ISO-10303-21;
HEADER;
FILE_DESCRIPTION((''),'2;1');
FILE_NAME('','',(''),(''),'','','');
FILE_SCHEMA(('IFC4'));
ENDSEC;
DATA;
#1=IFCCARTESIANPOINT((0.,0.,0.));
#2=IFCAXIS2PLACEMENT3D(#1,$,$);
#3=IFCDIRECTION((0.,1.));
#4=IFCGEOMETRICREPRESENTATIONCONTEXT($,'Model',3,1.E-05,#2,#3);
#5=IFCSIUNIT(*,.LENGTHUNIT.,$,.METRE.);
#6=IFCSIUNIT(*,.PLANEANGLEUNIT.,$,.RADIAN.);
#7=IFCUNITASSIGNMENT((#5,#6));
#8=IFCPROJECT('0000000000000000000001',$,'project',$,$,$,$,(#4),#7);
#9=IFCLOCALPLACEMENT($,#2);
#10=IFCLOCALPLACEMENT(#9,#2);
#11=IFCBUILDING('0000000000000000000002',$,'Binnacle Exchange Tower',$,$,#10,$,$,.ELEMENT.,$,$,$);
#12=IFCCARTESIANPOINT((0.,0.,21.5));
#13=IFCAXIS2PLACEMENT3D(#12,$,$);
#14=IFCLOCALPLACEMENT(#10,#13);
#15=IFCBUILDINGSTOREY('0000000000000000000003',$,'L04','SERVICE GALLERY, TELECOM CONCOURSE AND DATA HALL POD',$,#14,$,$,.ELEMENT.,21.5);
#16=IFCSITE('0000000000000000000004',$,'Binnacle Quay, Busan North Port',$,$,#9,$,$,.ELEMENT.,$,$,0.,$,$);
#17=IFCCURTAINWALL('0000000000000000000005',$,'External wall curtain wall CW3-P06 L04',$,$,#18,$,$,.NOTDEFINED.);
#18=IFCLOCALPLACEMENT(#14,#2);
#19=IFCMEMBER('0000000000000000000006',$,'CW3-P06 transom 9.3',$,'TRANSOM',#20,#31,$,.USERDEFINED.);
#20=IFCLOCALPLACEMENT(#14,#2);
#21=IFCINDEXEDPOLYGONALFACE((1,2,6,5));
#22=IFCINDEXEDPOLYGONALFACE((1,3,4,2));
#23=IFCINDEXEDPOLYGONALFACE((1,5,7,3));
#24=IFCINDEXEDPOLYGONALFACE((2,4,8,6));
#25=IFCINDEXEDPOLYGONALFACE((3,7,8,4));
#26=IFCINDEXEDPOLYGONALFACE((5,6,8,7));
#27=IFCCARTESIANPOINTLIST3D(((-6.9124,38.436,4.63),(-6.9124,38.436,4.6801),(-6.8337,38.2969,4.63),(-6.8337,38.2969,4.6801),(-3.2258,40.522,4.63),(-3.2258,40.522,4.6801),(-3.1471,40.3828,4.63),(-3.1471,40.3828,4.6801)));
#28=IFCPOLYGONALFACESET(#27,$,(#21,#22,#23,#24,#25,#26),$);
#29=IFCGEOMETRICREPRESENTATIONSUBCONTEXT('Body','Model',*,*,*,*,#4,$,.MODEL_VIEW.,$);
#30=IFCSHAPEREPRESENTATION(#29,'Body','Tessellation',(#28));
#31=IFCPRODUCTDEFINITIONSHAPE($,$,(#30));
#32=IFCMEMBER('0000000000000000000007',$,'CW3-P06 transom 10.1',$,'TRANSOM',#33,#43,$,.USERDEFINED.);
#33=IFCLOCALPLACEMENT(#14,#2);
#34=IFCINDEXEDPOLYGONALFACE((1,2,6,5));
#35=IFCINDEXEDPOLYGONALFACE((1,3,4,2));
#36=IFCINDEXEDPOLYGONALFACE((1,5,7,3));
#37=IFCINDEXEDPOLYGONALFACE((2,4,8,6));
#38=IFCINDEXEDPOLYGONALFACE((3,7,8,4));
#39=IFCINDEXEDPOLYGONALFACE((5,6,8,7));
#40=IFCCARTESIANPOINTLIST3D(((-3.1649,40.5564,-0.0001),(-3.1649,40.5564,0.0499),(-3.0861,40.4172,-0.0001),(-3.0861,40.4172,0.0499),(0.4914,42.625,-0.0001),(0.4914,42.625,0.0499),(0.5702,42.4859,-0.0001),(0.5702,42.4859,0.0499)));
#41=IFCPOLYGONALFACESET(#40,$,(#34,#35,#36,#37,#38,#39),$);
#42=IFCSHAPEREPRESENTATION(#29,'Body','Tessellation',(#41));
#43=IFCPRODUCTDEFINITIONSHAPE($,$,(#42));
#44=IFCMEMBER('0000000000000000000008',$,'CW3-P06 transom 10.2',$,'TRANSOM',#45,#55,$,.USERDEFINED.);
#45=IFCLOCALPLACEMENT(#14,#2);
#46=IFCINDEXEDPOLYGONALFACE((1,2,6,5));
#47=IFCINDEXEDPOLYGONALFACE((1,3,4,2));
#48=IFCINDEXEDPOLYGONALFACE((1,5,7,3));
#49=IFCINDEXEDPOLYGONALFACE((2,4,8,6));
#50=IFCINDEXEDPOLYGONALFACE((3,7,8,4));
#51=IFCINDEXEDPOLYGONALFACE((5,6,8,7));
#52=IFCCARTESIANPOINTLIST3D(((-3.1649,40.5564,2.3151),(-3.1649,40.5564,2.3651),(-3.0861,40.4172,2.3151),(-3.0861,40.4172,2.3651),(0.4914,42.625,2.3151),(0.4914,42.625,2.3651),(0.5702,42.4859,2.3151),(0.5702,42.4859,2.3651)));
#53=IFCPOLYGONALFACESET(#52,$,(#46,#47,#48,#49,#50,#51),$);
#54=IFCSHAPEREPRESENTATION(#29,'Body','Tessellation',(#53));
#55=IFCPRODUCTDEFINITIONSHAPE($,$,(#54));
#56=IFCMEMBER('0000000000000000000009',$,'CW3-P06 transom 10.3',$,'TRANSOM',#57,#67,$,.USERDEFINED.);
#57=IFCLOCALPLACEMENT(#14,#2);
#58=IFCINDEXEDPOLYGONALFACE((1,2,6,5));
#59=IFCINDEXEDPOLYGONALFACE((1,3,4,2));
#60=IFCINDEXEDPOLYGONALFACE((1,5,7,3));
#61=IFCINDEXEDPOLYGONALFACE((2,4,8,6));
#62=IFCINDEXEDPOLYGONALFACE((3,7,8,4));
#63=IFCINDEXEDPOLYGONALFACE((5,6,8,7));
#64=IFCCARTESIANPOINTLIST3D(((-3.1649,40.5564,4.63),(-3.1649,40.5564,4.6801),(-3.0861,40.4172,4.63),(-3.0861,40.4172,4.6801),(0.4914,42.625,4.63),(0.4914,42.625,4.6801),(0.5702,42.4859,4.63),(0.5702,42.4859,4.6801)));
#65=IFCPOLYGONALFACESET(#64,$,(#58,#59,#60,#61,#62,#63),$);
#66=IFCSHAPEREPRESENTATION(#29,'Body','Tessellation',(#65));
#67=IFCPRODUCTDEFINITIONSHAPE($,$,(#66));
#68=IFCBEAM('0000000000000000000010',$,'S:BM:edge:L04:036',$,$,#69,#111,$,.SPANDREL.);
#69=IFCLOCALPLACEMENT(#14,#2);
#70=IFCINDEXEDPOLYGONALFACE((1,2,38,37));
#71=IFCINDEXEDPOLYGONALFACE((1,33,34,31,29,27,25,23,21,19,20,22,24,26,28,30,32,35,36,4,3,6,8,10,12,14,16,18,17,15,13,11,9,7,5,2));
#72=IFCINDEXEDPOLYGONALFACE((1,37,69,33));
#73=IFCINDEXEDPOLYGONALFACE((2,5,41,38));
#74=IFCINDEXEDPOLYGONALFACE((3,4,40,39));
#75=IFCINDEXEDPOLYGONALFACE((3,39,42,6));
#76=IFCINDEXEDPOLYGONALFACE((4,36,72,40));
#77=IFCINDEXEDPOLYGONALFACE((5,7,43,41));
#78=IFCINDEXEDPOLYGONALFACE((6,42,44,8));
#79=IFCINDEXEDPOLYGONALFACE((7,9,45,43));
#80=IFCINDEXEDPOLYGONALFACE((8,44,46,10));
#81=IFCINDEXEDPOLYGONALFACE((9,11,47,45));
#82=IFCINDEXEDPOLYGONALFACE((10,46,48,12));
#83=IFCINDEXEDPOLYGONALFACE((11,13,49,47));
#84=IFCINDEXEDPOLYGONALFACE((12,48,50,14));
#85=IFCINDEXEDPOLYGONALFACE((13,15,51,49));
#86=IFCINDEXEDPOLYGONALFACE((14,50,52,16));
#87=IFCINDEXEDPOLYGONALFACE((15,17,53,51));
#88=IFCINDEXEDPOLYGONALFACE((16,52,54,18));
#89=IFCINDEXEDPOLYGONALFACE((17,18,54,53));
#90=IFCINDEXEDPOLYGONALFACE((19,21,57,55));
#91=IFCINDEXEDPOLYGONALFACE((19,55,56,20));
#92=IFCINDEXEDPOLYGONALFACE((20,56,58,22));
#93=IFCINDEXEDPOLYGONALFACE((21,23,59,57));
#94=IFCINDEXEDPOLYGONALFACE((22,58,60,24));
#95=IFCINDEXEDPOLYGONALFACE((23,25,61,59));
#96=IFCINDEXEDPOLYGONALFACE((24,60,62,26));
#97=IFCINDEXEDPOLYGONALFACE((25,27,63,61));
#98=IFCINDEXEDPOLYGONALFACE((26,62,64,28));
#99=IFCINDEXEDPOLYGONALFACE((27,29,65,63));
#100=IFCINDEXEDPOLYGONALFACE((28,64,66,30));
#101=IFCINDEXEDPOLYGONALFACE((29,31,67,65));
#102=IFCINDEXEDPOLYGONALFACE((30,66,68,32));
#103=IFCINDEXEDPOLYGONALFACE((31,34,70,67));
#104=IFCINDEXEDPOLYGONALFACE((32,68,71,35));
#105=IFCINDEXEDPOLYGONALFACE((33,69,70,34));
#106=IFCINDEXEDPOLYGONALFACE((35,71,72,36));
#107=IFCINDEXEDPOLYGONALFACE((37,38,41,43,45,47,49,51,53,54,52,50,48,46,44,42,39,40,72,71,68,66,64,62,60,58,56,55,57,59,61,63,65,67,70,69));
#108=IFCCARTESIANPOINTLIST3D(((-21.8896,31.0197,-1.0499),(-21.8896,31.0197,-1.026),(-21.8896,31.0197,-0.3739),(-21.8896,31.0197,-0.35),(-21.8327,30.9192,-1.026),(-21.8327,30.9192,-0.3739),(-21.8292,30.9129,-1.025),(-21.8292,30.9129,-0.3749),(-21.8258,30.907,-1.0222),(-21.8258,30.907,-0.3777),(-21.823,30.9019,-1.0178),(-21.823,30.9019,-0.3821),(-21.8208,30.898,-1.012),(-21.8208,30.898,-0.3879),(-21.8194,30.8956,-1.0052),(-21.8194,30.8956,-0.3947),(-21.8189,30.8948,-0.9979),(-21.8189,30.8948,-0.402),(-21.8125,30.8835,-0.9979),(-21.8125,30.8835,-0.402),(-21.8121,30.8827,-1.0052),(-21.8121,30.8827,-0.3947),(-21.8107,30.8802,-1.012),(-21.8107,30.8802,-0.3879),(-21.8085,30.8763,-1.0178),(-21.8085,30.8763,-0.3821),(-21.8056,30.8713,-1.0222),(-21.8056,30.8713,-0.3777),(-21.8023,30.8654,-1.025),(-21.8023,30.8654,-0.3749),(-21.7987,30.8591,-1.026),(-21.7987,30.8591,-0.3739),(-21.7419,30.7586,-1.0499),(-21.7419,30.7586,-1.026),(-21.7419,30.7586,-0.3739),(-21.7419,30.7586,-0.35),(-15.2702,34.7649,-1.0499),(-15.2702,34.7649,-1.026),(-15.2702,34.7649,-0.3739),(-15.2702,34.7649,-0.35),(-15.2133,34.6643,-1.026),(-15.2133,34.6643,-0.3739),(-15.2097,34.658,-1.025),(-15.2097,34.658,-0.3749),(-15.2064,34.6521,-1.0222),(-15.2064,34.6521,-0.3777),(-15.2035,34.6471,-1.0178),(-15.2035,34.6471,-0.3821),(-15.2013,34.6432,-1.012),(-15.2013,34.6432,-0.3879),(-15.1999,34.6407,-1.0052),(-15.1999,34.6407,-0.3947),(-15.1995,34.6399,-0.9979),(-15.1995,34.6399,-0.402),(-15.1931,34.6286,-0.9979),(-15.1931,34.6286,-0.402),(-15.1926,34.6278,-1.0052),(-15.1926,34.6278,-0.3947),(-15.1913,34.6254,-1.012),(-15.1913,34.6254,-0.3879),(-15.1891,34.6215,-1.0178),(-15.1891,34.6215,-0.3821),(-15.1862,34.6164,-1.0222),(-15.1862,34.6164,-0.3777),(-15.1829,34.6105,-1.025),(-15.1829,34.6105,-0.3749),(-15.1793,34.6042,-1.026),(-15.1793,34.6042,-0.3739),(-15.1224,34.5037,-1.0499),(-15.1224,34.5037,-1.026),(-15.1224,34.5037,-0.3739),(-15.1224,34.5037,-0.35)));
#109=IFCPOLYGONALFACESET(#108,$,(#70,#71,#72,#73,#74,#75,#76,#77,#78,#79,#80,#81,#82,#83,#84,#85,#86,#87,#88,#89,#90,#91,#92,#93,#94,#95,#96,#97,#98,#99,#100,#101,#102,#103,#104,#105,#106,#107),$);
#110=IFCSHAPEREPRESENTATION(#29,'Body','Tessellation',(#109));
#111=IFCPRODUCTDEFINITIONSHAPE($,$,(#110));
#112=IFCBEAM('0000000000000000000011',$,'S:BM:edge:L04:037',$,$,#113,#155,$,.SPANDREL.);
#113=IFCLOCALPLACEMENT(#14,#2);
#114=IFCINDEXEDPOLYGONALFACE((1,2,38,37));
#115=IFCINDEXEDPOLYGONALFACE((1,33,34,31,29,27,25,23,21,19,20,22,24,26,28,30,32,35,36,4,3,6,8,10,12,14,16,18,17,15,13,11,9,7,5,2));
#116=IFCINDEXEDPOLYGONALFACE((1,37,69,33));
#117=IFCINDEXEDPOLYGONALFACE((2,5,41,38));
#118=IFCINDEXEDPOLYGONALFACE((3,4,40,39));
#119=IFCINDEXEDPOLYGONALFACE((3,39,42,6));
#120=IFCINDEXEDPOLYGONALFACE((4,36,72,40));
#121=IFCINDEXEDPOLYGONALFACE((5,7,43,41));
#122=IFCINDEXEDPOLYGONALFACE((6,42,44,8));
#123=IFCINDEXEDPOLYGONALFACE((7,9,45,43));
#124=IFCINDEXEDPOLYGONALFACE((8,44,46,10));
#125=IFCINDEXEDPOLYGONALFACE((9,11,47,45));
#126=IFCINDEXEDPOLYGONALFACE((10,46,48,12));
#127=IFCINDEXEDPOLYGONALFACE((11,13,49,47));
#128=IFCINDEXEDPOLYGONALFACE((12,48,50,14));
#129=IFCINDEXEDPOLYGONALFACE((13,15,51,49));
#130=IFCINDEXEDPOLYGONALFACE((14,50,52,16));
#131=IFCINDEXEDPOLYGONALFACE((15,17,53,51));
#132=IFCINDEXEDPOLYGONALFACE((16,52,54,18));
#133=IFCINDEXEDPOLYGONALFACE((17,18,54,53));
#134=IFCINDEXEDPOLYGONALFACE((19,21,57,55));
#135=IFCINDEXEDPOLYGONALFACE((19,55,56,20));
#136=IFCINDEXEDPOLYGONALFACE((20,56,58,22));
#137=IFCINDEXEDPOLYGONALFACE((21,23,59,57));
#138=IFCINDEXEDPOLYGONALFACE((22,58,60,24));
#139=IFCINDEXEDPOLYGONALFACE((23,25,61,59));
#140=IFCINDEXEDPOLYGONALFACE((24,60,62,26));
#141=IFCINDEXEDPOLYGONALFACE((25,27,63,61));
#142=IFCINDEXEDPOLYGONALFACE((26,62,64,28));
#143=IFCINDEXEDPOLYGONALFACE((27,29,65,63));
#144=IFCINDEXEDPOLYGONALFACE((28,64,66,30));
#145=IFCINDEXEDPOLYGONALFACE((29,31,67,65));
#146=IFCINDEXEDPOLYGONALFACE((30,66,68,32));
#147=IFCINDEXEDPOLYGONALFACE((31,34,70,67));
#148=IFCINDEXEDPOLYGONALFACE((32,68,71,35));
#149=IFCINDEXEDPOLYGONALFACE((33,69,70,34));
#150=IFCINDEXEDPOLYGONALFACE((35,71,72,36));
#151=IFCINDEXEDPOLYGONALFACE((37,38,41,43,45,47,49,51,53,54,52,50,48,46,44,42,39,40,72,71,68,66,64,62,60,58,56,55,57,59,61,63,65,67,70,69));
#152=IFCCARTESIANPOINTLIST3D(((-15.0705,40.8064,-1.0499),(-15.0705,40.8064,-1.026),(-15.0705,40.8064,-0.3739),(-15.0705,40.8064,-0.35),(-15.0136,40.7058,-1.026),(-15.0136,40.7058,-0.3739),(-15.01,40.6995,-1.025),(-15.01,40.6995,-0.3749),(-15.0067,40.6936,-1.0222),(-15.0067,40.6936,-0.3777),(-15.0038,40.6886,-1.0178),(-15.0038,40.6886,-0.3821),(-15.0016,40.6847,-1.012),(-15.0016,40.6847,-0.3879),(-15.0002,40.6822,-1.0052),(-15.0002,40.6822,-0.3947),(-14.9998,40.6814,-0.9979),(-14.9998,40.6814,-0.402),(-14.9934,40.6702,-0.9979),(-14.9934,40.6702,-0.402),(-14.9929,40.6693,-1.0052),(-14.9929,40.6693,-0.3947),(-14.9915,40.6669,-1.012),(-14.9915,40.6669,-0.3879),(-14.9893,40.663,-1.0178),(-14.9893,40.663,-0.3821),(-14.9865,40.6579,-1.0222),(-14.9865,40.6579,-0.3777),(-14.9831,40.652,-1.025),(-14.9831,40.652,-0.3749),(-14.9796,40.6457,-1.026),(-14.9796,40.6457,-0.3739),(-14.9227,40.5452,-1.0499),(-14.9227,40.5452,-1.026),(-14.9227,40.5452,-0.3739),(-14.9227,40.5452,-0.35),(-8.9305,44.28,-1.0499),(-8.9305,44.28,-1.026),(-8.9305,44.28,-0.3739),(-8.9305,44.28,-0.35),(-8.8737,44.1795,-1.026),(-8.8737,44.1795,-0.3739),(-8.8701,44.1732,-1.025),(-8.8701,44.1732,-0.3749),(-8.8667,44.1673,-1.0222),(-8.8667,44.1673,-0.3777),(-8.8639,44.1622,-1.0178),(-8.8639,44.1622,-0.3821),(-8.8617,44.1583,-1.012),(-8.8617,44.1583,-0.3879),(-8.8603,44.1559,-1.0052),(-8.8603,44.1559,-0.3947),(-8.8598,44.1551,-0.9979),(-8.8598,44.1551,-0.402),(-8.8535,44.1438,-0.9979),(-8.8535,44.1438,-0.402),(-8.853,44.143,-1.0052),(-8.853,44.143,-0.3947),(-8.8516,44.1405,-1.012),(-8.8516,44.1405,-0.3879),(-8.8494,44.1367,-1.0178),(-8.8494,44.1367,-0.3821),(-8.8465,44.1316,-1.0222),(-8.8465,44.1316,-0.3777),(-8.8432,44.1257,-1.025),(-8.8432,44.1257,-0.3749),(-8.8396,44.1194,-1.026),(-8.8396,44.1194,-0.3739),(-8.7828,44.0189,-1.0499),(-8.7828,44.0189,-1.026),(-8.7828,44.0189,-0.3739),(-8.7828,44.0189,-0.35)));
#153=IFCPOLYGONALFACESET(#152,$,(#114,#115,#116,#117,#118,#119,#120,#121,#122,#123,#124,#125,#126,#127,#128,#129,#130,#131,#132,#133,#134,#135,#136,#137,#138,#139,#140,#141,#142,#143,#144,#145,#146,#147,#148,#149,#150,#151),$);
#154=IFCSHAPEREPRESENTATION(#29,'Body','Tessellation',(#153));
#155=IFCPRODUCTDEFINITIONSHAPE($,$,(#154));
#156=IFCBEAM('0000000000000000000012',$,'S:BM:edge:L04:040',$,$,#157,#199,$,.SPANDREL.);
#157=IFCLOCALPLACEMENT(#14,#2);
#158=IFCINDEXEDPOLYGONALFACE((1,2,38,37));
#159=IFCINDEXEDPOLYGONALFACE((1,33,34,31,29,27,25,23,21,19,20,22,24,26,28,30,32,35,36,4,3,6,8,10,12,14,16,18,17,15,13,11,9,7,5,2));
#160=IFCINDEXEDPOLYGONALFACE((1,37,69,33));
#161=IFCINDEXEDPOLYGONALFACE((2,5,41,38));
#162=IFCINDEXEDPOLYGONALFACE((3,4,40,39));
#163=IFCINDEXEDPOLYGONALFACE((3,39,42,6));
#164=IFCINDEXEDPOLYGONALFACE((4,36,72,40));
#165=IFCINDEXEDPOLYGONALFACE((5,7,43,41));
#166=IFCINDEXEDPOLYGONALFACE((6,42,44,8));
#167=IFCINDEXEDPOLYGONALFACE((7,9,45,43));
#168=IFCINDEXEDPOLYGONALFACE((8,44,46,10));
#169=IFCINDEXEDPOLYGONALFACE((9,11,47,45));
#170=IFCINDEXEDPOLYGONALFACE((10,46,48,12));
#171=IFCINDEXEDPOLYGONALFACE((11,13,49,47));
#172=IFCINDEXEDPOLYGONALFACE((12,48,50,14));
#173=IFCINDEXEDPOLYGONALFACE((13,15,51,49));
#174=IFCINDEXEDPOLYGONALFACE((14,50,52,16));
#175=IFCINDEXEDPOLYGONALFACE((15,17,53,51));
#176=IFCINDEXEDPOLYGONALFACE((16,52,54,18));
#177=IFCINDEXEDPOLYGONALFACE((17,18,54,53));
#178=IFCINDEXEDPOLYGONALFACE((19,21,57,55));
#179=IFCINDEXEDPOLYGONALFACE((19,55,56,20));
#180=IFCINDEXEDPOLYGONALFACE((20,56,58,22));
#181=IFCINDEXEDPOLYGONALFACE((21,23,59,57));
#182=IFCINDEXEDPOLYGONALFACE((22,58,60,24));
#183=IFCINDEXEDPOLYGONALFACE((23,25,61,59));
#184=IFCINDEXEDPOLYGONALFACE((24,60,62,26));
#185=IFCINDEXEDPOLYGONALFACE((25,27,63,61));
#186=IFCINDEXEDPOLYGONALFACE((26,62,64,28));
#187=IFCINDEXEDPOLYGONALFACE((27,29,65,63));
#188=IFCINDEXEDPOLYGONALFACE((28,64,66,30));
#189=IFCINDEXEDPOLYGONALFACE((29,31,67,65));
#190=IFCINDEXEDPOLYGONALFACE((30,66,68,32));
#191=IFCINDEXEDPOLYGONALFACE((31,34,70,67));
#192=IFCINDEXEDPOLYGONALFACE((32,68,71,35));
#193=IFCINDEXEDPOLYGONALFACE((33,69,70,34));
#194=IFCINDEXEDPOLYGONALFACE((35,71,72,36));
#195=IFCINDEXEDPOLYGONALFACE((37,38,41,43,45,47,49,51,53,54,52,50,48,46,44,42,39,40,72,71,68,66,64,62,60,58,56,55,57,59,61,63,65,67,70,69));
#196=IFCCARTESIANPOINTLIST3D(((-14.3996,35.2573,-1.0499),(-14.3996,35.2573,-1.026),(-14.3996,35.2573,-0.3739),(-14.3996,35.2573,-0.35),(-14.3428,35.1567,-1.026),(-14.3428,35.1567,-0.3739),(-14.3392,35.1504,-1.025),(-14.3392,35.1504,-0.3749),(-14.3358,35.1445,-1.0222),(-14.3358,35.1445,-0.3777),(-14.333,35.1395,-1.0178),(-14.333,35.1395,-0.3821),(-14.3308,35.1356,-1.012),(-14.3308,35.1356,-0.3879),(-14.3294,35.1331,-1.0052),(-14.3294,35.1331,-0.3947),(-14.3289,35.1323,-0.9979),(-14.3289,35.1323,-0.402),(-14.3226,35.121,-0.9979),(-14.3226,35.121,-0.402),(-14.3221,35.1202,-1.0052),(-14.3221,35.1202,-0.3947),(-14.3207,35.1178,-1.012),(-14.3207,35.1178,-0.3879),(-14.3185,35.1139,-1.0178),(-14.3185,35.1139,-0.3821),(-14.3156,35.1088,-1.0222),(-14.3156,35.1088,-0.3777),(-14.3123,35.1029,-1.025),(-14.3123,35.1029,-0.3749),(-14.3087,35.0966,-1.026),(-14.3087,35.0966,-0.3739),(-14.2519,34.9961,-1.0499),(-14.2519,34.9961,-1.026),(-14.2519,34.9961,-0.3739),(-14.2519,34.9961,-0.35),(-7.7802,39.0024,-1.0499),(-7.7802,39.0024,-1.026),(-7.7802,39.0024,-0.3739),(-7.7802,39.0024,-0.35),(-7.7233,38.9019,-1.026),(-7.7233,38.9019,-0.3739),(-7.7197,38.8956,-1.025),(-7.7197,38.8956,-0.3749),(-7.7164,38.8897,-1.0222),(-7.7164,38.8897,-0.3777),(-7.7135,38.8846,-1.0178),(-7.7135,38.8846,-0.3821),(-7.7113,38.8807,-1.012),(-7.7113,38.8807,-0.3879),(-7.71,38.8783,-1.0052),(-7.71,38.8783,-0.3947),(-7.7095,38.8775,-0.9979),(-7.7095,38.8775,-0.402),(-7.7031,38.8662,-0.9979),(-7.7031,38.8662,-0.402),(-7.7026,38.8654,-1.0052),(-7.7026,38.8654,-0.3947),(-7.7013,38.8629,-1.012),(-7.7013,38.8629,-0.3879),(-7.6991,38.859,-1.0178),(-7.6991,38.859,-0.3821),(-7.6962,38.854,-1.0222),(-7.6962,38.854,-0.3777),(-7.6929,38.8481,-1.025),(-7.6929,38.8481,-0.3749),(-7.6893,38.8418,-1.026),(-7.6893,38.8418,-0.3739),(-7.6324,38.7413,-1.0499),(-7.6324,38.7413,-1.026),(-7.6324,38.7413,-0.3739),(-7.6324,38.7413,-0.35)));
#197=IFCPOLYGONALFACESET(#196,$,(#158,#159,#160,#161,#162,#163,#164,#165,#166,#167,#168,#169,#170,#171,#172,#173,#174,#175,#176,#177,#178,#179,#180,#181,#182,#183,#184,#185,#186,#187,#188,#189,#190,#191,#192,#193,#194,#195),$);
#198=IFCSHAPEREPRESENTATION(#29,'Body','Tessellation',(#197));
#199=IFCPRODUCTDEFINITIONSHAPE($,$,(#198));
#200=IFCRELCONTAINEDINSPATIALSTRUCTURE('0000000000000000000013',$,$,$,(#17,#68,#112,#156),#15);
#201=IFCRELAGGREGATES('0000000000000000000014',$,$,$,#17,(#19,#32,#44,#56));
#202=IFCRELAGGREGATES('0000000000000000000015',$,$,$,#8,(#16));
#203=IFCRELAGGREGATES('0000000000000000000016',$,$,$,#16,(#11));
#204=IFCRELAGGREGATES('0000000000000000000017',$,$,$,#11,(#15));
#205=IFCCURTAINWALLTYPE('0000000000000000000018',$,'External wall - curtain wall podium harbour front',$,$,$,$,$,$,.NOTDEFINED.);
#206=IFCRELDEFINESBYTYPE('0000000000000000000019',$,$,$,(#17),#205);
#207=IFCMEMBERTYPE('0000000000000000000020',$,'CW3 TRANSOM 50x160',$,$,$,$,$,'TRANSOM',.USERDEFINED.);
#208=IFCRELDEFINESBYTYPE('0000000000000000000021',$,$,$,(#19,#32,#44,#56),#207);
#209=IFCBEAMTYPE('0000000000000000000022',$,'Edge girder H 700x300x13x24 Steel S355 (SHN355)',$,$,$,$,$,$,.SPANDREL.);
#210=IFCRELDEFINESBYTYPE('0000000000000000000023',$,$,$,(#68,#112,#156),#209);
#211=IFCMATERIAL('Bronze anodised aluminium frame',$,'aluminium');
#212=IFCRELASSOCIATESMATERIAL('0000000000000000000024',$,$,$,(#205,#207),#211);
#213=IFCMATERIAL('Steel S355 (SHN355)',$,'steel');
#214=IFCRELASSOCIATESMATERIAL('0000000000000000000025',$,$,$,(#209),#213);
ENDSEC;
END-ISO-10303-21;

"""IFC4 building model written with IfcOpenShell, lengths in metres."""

from ifc_helpers import new_model, si_unit, direction, frame, origin, origin_2d, place, context, subcontext, project, spatial, rectangle, i_section, extrude, material, material_profile, profile_set, type_object, element, aggregate, save


model = new_model("IFC4")

# Units and contexts
model_context = context("Model", 3, precision=1e-05, world=origin(), true_north=direction((0.0, 1.0)))
body_context = subcontext(model_context, "Body", "Model", "MODEL_VIEW")
ifc_project = project(units=[si_unit("LENGTHUNIT", "METRE"), si_unit("PLANEANGLEUNIT", "RADIAN")], contexts=[model_context])

# Site, building, storey
site_placement = place(None, origin())
site = spatial("IfcSite", under=ifc_project, at=site_placement, Name="Binnacle Quay, Busan North Port", CompositionType="ELEMENT", RefElevation=0.0)
building_placement = place(site_placement, origin())
building = spatial("IfcBuilding", under=site, at=building_placement, Name="Binnacle Exchange Tower", CompositionType="ELEMENT")
storey_placement = place(building_placement, frame((0.0, 0.0, 21.5)))
storey = spatial("IfcBuildingStorey", under=building, at=storey_placement, Name="L04", Description="SERVICE GALLERY, TELECOM CONCOURSE AND DATA HALL POD", CompositionType="ELEMENT", Elevation=21.5)

# Curtain wall, members
ifc_material_1 = material(Name="Bronze anodised aluminium frame", Category="aluminium")
curtain_wall_type = type_object("IfcCurtainWallType", Name="External wall - curtain wall podium harbour front", PredefinedType="NOTDEFINED", material=ifc_material_1)
curtain_wall_placement = place(storey_placement, origin())
curtain_wall = element("IfcCurtainWall", 1, at=curtain_wall_placement, inside=storey, type_object=curtain_wall_type, Name="External wall curtain wall CW3-P06 L04", PredefinedType="NOTDEFINED")
ifc_material_profile_1 = material_profile(ifc_material_1, rectangle(XDim=0.1599, YDim=0.05, at=origin_2d()), Name="AL 160x50")
ifc_profile_set_1 = profile_set([ifc_material_profile_1], Name="Bronze anodised aluminium frame")
member_type_1 = type_object("IfcMemberType", Name="CW3 TRANSOM 50x160", ElementType="TRANSOM", PredefinedType="USERDEFINED", material=ifc_profile_set_1)
member_1_placement = place(storey_placement, frame((-6.873, 38.3665, 4.655), z_axis=(0.870335, 0.49246, 0.0), x_axis=(-0.49246, 0.870335, 0.0)))
member_1 = element("IfcMember", 2, at=member_1_placement, type_object=member_type_1, Name="CW3-P06 transom 9.3", ObjectType="TRANSOM", PredefinedType="USERDEFINED", context=body_context, shape_type="SweptSolid", body=[
    extrude(rectangle(XDim=0.1599, YDim=0.05, at=origin_2d()), origin(), (0.0, 0.0, 1.0), 4.2358),
])
member_2_placement = place(storey_placement, frame((-3.1255, 40.4868, 0.0249), z_axis=(0.870356, 0.492423, 0.0), x_axis=(-0.492423, 0.870356, 0.0)))
member_2 = element("IfcMember", 3, at=member_2_placement, type_object=member_type_1, Name="CW3-P06 transom 10.1", ObjectType="TRANSOM", PredefinedType="USERDEFINED", context=body_context, shape_type="SweptSolid", body=[
    extrude(rectangle(XDim=0.1599, YDim=0.05, at=origin_2d()), origin(), (0.0, 0.0, 1.0), 4.2009),
])
member_3_placement = place(storey_placement, frame((-3.1255, 40.4868, 2.3401), z_axis=(0.870356, 0.492423, 0.0), x_axis=(-0.492423, 0.870356, 0.0)))
member_3 = element("IfcMember", 4, at=member_3_placement, type_object=member_type_1, Name="CW3-P06 transom 10.2", ObjectType="TRANSOM", PredefinedType="USERDEFINED", context=body_context, shape_type="SweptSolid", body=[
    extrude(rectangle(XDim=0.1599, YDim=0.05, at=origin_2d()), origin(), (0.0, 0.0, 1.0), 4.2009),
])
member_4_placement = place(storey_placement, frame((-3.1255, 40.4868, 4.655), z_axis=(0.870356, 0.492423, 0.0), x_axis=(-0.492423, 0.870356, 0.0)))
member_4 = element("IfcMember", 5, at=member_4_placement, type_object=member_type_1, Name="CW3-P06 transom 10.3", ObjectType="TRANSOM", PredefinedType="USERDEFINED", context=body_context, shape_type="SweptSolid", body=[
    extrude(rectangle(XDim=0.1599, YDim=0.05, at=origin_2d()), origin(), (0.0, 0.0, 1.0), 4.2009),
])

# Beams
ifc_material_2 = material(Name="Steel S355 (SHN355)", Category="steel")
ifc_material_profile_2 = material_profile(ifc_material_2, i_section(OverallWidth=0.3, OverallDepth=0.7, WebThickness=0.0129, FlangeThickness=0.0239, FilletRadius=0.0281, at=origin_2d()), Name="H 700x300x13x24")
ifc_profile_set_2 = profile_set([ifc_material_profile_2], Name="Steel S355 (SHN355)")
beam_type_1 = type_object("IfcBeamType", Name="Edge girder H 700x300x13x24 Steel S355 (SHN355)", PredefinedType="SPANDREL", material=ifc_profile_set_2)
beam_1_placement = place(storey_placement, frame((-15.1963, 34.6343, -0.7), z_axis=(-0.870353, -0.492428, 0.0), x_axis=(0.492428, -0.870353, 0.0)))
element("IfcBeam", 6, at=beam_1_placement, inside=storey, type_object=beam_type_1, Name="S:BM:edge:L04:036", PredefinedType="SPANDREL", context=body_context, shape_type="SweptSolid", body=[
    extrude(i_section(OverallWidth=0.3, OverallDepth=0.7, WebThickness=0.0129, FlangeThickness=0.0239, FilletRadius=0.0281, at=origin_2d()), origin(), (0.0, 0.0, 1.0), 7.6055),
])
beam_2_placement = place(storey_placement, frame((-14.9966, 40.6758, -0.7), z_axis=(0.870365, 0.492407, 0.0), x_axis=(-0.492407, 0.870365, 0.0)))
element("IfcBeam", 7, at=beam_2_placement, inside=storey, type_object=beam_type_1, Name="S:BM:edge:L04:037", PredefinedType="SPANDREL", context=body_context, shape_type="SweptSolid", body=[
    extrude(i_section(OverallWidth=0.3, OverallDepth=0.7, WebThickness=0.0129, FlangeThickness=0.0239, FilletRadius=0.0281, at=origin_2d()), origin(), (0.0, 0.0, 1.0), 7.0544),
])
beam_3_placement = place(storey_placement, frame((-7.7063, 38.8718, -0.7), z_axis=(-0.870353, -0.492428, 0.0), x_axis=(0.492428, -0.870353, 0.0)))
element("IfcBeam", 8, at=beam_3_placement, inside=storey, type_object=beam_type_1, Name="S:BM:edge:L04:040", PredefinedType="SPANDREL", context=body_context, shape_type="SweptSolid", body=[
    extrude(i_section(OverallWidth=0.3, OverallDepth=0.7, WebThickness=0.0129, FlangeThickness=0.0239, FilletRadius=0.0281, at=origin_2d()), origin(), (0.0, 0.0, 1.0), 7.6055),
])

aggregate(curtain_wall, [member_1, member_2, member_3, member_4])

save(model, "model.ifc")
